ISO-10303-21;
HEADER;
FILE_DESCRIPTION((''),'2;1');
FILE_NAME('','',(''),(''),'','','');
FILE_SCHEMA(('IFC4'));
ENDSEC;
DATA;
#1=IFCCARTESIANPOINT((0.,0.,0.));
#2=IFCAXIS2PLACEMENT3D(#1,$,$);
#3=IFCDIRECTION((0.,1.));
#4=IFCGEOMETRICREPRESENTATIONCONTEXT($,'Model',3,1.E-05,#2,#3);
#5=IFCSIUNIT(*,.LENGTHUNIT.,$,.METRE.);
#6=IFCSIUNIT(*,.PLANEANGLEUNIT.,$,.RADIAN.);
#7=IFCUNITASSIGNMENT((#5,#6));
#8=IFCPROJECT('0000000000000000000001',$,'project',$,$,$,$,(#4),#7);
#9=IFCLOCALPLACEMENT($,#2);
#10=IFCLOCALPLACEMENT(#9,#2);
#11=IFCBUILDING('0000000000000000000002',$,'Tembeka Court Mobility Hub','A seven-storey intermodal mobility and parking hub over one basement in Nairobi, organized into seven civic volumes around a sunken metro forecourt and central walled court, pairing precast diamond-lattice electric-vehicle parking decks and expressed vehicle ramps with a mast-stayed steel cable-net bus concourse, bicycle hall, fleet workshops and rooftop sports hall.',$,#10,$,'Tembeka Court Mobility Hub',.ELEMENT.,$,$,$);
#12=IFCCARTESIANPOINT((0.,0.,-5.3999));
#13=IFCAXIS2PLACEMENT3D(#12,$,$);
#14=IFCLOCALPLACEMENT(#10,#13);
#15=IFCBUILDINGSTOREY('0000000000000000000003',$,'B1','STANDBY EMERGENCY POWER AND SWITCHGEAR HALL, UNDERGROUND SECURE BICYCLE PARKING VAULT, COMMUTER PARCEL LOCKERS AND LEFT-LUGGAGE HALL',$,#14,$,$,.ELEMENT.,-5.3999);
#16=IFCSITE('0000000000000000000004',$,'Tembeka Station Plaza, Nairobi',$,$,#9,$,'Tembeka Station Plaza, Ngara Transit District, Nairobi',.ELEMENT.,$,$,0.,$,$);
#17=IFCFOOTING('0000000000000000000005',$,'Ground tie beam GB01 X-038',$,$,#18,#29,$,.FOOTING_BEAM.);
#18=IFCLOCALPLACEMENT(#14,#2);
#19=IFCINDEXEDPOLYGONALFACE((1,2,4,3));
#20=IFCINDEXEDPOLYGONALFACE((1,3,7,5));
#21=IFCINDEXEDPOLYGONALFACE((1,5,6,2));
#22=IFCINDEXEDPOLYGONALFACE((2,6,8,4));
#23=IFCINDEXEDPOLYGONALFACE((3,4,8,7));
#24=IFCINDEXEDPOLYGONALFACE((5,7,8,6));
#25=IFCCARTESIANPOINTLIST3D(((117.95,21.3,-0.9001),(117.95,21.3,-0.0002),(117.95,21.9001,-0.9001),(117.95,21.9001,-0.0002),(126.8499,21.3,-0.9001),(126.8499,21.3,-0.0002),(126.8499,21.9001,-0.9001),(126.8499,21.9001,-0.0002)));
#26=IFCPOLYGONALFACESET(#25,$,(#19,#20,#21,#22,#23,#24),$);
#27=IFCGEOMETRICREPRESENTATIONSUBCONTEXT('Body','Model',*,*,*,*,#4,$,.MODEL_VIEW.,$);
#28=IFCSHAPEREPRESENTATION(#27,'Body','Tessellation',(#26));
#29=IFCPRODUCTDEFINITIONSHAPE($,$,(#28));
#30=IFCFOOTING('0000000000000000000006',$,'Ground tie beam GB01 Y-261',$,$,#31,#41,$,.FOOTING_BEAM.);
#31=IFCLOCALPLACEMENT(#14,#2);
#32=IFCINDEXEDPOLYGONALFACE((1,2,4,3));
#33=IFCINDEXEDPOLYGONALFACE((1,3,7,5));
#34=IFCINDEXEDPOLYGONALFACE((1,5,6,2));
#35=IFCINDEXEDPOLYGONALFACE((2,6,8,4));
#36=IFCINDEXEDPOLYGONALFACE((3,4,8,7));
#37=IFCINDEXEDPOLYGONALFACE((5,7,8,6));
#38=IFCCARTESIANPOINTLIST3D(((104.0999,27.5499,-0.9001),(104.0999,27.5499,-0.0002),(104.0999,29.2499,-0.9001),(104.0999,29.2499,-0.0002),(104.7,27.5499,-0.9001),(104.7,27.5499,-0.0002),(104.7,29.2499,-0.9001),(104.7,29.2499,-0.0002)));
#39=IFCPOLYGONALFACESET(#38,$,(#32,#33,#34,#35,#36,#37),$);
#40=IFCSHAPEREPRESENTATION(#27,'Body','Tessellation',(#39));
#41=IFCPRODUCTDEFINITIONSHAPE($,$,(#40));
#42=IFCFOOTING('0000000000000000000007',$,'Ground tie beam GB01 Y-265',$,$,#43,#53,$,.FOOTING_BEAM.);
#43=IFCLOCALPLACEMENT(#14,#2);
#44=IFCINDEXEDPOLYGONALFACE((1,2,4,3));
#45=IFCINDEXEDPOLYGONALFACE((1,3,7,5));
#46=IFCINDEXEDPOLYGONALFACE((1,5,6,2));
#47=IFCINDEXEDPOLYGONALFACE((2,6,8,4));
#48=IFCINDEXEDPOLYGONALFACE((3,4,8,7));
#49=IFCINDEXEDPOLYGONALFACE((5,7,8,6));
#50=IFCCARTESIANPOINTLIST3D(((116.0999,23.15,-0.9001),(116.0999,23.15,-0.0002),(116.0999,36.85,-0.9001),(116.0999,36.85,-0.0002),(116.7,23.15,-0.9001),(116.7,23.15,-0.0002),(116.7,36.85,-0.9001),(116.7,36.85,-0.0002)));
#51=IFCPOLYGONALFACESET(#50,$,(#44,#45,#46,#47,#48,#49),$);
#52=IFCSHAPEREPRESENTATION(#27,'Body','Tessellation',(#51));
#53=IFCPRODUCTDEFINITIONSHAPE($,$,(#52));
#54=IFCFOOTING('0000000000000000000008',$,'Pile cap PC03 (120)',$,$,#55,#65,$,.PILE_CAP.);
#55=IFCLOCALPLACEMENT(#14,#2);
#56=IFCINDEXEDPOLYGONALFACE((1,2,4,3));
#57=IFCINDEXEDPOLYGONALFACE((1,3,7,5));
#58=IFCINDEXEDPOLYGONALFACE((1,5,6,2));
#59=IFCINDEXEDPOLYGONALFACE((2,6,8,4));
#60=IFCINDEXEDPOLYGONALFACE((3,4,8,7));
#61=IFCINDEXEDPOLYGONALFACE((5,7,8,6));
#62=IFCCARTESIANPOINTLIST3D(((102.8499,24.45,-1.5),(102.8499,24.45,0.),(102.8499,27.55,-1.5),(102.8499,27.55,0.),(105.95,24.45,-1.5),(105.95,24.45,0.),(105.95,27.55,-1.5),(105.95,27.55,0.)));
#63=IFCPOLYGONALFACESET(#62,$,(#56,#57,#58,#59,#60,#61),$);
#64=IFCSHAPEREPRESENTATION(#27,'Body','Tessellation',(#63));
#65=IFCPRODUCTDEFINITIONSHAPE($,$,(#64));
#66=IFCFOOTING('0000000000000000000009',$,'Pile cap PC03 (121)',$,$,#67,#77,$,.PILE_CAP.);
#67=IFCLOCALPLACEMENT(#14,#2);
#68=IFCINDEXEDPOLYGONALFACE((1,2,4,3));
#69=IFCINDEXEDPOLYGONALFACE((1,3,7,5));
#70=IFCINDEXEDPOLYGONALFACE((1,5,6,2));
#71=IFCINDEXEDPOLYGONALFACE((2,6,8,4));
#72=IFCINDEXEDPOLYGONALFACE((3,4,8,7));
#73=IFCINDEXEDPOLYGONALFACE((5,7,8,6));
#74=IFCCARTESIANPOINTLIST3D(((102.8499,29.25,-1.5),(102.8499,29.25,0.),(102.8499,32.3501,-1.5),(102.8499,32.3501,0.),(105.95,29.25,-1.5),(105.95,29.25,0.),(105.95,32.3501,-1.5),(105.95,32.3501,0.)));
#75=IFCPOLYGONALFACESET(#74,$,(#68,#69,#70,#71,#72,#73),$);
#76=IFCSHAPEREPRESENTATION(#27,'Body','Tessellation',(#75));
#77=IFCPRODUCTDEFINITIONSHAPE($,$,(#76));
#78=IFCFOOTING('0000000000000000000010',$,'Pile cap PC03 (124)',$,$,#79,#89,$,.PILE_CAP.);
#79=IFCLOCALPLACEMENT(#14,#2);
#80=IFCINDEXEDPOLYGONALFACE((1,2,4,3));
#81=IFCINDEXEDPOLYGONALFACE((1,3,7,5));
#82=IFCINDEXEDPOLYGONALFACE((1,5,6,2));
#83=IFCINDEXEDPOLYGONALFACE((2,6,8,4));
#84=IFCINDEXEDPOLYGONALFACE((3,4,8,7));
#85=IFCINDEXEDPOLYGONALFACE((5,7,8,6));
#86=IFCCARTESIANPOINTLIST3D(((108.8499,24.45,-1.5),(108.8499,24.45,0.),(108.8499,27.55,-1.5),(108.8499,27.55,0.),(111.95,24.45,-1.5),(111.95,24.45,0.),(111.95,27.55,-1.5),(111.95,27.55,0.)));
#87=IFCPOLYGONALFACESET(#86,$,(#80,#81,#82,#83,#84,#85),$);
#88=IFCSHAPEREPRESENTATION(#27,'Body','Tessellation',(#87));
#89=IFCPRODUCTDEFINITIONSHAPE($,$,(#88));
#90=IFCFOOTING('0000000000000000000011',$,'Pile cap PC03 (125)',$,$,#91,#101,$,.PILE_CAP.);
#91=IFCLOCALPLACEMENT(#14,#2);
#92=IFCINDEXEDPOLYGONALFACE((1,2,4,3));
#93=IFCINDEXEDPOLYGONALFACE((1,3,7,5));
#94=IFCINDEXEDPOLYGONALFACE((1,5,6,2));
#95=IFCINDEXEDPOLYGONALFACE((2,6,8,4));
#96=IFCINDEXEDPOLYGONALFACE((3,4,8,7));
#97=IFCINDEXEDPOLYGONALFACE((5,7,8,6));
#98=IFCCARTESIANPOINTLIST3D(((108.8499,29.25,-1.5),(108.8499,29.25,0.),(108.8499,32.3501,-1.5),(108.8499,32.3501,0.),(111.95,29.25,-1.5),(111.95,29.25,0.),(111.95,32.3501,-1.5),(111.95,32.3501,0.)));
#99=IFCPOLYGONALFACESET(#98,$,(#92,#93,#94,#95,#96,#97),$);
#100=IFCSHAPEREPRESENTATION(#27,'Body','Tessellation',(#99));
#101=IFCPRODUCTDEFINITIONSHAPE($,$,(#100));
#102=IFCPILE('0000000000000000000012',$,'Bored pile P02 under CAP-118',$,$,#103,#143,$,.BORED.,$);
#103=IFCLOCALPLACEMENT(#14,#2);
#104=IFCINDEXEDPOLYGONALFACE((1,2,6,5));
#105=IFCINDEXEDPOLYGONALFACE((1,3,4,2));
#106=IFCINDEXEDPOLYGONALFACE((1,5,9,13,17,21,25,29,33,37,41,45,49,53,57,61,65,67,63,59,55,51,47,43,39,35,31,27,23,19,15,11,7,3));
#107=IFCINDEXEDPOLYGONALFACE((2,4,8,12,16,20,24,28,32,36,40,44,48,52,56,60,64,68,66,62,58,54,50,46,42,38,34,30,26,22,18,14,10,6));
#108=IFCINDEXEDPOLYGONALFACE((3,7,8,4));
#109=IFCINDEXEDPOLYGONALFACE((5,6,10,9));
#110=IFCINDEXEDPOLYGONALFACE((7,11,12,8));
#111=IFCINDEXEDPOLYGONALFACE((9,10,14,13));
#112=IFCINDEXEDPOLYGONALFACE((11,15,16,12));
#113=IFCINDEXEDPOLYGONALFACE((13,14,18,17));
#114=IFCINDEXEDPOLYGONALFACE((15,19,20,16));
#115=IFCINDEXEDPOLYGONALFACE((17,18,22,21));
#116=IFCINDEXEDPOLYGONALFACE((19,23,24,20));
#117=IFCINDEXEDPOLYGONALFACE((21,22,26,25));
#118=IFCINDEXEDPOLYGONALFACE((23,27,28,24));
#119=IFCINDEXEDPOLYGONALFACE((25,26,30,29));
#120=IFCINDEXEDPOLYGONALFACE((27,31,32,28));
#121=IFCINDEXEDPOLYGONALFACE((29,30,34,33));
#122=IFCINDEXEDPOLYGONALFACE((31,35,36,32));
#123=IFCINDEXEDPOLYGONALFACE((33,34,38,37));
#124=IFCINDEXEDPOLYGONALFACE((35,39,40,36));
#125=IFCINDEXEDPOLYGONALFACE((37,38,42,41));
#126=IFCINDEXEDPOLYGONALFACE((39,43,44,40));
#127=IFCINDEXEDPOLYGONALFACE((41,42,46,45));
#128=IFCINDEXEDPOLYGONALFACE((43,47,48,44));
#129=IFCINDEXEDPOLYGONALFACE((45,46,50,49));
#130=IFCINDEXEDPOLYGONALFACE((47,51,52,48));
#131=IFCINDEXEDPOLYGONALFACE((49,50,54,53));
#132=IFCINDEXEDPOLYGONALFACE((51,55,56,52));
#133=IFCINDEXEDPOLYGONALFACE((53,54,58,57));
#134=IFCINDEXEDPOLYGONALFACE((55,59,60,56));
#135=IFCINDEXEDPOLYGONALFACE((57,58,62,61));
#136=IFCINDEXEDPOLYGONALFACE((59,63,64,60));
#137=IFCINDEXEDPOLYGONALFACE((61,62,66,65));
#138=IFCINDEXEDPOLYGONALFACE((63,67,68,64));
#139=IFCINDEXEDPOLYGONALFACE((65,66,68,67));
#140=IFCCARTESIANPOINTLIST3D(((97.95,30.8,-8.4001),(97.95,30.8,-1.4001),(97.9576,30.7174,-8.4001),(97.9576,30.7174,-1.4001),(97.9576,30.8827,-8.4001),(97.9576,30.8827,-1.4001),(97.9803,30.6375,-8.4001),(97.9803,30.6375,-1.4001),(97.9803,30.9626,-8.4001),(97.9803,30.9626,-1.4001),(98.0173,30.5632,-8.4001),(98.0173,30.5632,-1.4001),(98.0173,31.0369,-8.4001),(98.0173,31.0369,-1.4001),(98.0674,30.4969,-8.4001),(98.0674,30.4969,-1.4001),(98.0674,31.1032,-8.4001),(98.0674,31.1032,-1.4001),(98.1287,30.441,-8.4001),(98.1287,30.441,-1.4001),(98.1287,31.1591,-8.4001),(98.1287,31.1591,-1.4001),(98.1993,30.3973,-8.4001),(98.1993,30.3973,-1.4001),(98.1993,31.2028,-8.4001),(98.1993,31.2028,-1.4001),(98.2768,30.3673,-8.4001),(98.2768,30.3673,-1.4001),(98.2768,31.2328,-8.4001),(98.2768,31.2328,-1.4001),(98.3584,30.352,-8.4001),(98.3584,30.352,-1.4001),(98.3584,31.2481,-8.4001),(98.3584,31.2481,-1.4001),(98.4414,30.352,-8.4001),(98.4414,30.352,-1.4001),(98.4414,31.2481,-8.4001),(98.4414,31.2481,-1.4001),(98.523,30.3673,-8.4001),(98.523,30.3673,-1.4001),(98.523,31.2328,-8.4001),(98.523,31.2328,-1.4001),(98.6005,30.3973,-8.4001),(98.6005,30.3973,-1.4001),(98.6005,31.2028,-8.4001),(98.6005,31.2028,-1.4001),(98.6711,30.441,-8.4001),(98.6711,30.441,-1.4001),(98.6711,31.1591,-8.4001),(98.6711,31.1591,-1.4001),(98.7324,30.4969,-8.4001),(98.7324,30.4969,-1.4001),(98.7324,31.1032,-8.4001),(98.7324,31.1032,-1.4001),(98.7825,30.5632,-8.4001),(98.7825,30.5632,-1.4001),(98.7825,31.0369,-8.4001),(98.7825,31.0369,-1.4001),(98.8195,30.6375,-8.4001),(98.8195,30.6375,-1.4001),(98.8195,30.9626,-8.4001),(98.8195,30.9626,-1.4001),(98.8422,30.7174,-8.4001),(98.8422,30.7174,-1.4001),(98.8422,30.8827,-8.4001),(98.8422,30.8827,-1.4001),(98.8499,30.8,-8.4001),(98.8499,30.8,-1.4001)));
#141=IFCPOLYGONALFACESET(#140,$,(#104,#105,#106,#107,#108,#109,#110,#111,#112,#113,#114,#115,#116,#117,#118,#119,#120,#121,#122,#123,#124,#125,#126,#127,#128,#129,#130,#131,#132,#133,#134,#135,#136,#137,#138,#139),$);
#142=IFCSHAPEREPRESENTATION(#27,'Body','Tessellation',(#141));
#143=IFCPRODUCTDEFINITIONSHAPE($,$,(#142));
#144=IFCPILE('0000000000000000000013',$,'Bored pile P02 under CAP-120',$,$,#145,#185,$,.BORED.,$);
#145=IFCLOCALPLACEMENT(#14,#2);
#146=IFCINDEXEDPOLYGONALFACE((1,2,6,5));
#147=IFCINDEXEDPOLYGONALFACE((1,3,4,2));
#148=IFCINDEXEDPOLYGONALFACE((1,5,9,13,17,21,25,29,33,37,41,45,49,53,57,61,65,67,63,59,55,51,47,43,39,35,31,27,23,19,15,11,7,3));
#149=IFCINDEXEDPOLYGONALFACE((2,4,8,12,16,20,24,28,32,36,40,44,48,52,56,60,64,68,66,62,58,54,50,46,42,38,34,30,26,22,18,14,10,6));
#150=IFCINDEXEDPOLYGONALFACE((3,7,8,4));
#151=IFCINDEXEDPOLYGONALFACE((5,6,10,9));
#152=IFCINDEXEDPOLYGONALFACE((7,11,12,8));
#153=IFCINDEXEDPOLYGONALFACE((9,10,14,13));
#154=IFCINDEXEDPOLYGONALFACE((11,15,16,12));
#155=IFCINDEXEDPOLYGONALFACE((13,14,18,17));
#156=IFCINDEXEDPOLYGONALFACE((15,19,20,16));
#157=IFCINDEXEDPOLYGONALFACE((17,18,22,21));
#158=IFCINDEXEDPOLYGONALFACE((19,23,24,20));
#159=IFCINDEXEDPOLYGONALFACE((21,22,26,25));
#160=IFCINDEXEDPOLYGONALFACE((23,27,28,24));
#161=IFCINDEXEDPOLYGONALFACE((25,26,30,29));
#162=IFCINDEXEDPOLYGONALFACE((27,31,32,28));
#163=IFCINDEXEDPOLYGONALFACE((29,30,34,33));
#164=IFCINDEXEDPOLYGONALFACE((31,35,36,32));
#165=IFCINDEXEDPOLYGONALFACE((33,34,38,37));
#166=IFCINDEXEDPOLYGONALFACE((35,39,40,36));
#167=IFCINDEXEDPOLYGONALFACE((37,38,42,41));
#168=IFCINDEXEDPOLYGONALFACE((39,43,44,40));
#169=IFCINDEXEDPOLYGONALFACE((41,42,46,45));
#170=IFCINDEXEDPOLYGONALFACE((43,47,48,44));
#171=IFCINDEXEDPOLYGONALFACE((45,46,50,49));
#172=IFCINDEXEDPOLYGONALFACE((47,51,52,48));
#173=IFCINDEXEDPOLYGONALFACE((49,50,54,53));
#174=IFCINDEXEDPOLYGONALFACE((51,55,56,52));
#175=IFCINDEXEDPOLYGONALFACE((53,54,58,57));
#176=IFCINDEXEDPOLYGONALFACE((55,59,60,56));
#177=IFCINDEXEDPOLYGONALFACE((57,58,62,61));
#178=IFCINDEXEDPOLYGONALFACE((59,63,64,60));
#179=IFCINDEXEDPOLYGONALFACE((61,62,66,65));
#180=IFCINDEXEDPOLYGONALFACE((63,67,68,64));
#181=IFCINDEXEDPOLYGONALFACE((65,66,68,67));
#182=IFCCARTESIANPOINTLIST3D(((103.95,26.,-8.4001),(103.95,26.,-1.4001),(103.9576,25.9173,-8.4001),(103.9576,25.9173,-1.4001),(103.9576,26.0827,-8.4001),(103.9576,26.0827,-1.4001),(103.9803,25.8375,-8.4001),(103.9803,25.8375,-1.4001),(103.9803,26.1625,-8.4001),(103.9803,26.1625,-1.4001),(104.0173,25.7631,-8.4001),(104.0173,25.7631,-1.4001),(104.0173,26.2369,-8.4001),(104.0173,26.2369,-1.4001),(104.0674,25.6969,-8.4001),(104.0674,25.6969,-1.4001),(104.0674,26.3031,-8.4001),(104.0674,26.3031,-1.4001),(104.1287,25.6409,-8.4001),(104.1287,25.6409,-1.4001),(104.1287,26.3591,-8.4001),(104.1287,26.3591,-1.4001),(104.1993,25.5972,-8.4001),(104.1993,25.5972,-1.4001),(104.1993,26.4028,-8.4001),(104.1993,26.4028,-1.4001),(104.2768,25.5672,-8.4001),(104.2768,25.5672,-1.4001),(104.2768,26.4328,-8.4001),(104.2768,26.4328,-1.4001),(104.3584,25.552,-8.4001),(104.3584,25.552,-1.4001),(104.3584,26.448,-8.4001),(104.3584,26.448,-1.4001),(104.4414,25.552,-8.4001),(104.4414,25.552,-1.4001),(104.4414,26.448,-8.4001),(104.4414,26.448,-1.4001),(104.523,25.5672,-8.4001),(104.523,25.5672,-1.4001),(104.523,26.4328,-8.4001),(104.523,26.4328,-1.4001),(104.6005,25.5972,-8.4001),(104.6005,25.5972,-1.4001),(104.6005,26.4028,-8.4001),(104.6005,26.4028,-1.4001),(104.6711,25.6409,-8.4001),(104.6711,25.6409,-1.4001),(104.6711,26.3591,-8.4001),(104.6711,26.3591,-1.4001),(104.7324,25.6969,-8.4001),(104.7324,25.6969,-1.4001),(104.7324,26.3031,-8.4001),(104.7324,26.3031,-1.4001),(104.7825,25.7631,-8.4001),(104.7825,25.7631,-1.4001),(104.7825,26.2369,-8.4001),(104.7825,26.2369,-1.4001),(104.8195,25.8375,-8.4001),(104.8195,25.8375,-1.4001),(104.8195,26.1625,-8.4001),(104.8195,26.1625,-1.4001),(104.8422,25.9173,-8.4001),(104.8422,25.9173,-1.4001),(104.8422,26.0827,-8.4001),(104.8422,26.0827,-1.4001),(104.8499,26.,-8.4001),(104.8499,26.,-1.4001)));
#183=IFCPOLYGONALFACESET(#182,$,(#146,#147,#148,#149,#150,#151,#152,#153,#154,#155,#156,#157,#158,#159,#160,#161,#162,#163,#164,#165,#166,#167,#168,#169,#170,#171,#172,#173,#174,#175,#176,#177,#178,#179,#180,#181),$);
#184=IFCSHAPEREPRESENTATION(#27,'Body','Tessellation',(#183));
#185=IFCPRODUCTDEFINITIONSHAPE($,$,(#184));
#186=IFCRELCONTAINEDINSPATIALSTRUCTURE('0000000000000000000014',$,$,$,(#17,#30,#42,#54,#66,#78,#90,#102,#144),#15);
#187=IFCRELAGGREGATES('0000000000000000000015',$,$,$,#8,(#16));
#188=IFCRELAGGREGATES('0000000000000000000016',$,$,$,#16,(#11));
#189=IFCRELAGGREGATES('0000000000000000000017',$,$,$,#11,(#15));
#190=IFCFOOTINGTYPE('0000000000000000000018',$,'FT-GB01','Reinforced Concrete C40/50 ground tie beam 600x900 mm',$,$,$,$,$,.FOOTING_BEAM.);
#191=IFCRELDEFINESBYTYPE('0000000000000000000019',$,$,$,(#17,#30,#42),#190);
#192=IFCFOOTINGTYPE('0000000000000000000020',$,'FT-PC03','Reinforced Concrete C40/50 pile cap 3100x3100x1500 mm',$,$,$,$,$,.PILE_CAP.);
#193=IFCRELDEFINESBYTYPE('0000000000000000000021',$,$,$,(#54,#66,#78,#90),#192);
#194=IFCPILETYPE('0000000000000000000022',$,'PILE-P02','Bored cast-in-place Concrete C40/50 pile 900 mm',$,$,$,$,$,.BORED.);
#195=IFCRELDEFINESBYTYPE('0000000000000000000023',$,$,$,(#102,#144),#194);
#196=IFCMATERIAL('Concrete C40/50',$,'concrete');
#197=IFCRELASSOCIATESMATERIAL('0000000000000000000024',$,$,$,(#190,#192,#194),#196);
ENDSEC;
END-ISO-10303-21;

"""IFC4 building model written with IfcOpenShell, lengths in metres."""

from ifc_helpers import new_model, si_unit, direction, frame, origin, origin_2d, place, context, subcontext, project, spatial, rectangle, circle, extrude, material, material_profile, profile_set, type_object, element, save


model = new_model("IFC4")

# Units and contexts
model_context = context("Model", 3, precision=1e-05, world=origin(), true_north=direction((0.0, 1.0)))
body_context = subcontext(model_context, "Body", "Model", "MODEL_VIEW")
ifc_project = project(units=[si_unit("LENGTHUNIT", "METRE"), si_unit("PLANEANGLEUNIT", "RADIAN")], contexts=[model_context])

# Site, building, storey
site_placement = place(None, origin())
site = spatial("IfcSite", under=ifc_project, at=site_placement, Name="Tembeka Station Plaza, Nairobi", LongName="Tembeka Station Plaza, Ngara Transit District, Nairobi", CompositionType="ELEMENT", RefElevation=0.0)
building_placement = place(site_placement, origin())
building = spatial("IfcBuilding", under=site, at=building_placement, Name="Tembeka Court Mobility Hub", Description="A seven-storey intermodal mobility and parking hub over one basement in Nairobi, organized into seven civic volumes around a sunken metro forecourt and central walled court, pairing precast diamond-lattice electric-vehicle parking decks and expressed vehicle ramps with a mast-stayed steel cable-net bus concourse, bicycle hall, fleet workshops and rooftop sports hall.", LongName="Tembeka Court Mobility Hub", CompositionType="ELEMENT")
storey_placement = place(building_placement, frame((0.0, 0.0, -5.3999)))
storey = spatial("IfcBuildingStorey", under=building, at=storey_placement, Name="B1", Description="STANDBY EMERGENCY POWER AND SWITCHGEAR HALL, UNDERGROUND SECURE BICYCLE PARKING VAULT, COMMUTER PARCEL LOCKERS AND LEFT-LUGGAGE HALL", CompositionType="ELEMENT", Elevation=-5.3999)

# Footings
ifc_material = material(Name="Concrete C40/50", Category="concrete")
footing_type_1 = type_object("IfcFootingType", Name="FT-GB01", Description="Reinforced Concrete C40/50 ground tie beam 600x900 mm", PredefinedType="FOOTING_BEAM", material=ifc_material)
footing_1_placement = place(storey_placement, frame((122.3999, 21.6001, -0.9001), z_axis=(0.0, 0.0, 1.0), x_axis=(1.0, 0.0, 0.0)))
element("IfcFooting", 1, at=footing_1_placement, inside=storey, type_object=footing_type_1, Name="Ground tie beam GB01 X-038", PredefinedType="FOOTING_BEAM", context=body_context, shape_type="SweptSolid", body=[
    extrude(rectangle(XDim=8.8999, YDim=0.6001, at=origin_2d()), origin(), (0.0, 0.0, 1.0), 0.8999),
])
footing_2_placement = place(storey_placement, frame((104.3999, 28.3999, -0.9001), z_axis=(0.0, 0.0, 1.0), x_axis=(0.0, 1.0, 0.0)))
element("IfcFooting", 2, at=footing_2_placement, inside=storey, type_object=footing_type_1, Name="Ground tie beam GB01 Y-261", PredefinedType="FOOTING_BEAM", context=body_context, shape_type="SweptSolid", body=[
    extrude(rectangle(XDim=1.7, YDim=0.6001, at=origin_2d()), origin(), (0.0, 0.0, 1.0), 0.8999),
])
footing_3_placement = place(storey_placement, frame((116.3999, 30.0, -0.9001), z_axis=(0.0, 0.0, 1.0), x_axis=(0.0, 1.0, 0.0)))
element("IfcFooting", 3, at=footing_3_placement, inside=storey, type_object=footing_type_1, Name="Ground tie beam GB01 Y-265", PredefinedType="FOOTING_BEAM", context=body_context, shape_type="SweptSolid", body=[
    extrude(rectangle(XDim=13.7, YDim=0.6001, at=origin_2d()), origin(), (0.0, 0.0, 1.0), 0.8999),
])
footing_type_2 = type_object("IfcFootingType", Name="FT-PC03", Description="Reinforced Concrete C40/50 pile cap 3100x3100x1500 mm", PredefinedType="PILE_CAP", material=ifc_material)
for number, where, z_axis, x_axis, name in (
    (4, (104.3999, 26.0, -1.5), (0.0, 0.0, 1.0), (1.0, 0.0, 0.0), "Pile cap PC03 (120)"),
    (5, (104.3999, 30.8, -1.5), (0.0, 0.0, 1.0), (1.0, 0.0, 0.0), "Pile cap PC03 (121)"),
    (6, (110.3999, 26.0, -1.5), (0.0, 0.0, 1.0), (1.0, 0.0, 0.0), "Pile cap PC03 (124)"),
    (7, (110.3999, 30.8, -1.5), (0.0, 0.0, 1.0), (1.0, 0.0, 0.0), "Pile cap PC03 (125)"),
):
    element("IfcFooting", number, at=place(storey_placement, frame(where, z_axis=z_axis, x_axis=x_axis)), inside=storey, type_object=footing_type_2, Name=name, PredefinedType="PILE_CAP", context=body_context, shape_type="SweptSolid", body=[
        extrude(rectangle(XDim=3.1001, YDim=3.1001, at=origin_2d()), origin(), (0.0, 0.0, 1.0), 1.5),
    ])

# Piles
ifc_material_profile_1 = material_profile(ifc_material, circle(Radius=0.45, at=origin_2d()), Name="PILE D900")
ifc_profile_set_1 = profile_set([ifc_material_profile_1], Name="Concrete C40/50")
pile_type_1 = type_object("IfcPileType", Name="PILE-P02", Description="Bored cast-in-place Concrete C40/50 pile 900 mm", PredefinedType="BORED", material=ifc_profile_set_1)
for number, where, z_axis, x_axis, name in (
    (8, (98.3999, 30.8, -1.4001), (0.0, 0.0, -1.0), (1.0, 0.0, 0.0), "Bored pile P02 under CAP-118"),
    (9, (104.3999, 26.0, -1.4001), (0.0, 0.0, -1.0), (1.0, 0.0, 0.0), "Bored pile P02 under CAP-120"),
):
    element("IfcPile", number, at=place(storey_placement, frame(where, z_axis=z_axis, x_axis=x_axis)), inside=storey, type_object=pile_type_1, Name=name, PredefinedType="BORED", context=body_context, shape_type="SweptSolid", body=[
        extrude(circle(Radius=0.45, at=origin_2d()), origin(), (0.0, 0.0, 1.0), 7.0),
    ])

save(model, "model.ifc")
